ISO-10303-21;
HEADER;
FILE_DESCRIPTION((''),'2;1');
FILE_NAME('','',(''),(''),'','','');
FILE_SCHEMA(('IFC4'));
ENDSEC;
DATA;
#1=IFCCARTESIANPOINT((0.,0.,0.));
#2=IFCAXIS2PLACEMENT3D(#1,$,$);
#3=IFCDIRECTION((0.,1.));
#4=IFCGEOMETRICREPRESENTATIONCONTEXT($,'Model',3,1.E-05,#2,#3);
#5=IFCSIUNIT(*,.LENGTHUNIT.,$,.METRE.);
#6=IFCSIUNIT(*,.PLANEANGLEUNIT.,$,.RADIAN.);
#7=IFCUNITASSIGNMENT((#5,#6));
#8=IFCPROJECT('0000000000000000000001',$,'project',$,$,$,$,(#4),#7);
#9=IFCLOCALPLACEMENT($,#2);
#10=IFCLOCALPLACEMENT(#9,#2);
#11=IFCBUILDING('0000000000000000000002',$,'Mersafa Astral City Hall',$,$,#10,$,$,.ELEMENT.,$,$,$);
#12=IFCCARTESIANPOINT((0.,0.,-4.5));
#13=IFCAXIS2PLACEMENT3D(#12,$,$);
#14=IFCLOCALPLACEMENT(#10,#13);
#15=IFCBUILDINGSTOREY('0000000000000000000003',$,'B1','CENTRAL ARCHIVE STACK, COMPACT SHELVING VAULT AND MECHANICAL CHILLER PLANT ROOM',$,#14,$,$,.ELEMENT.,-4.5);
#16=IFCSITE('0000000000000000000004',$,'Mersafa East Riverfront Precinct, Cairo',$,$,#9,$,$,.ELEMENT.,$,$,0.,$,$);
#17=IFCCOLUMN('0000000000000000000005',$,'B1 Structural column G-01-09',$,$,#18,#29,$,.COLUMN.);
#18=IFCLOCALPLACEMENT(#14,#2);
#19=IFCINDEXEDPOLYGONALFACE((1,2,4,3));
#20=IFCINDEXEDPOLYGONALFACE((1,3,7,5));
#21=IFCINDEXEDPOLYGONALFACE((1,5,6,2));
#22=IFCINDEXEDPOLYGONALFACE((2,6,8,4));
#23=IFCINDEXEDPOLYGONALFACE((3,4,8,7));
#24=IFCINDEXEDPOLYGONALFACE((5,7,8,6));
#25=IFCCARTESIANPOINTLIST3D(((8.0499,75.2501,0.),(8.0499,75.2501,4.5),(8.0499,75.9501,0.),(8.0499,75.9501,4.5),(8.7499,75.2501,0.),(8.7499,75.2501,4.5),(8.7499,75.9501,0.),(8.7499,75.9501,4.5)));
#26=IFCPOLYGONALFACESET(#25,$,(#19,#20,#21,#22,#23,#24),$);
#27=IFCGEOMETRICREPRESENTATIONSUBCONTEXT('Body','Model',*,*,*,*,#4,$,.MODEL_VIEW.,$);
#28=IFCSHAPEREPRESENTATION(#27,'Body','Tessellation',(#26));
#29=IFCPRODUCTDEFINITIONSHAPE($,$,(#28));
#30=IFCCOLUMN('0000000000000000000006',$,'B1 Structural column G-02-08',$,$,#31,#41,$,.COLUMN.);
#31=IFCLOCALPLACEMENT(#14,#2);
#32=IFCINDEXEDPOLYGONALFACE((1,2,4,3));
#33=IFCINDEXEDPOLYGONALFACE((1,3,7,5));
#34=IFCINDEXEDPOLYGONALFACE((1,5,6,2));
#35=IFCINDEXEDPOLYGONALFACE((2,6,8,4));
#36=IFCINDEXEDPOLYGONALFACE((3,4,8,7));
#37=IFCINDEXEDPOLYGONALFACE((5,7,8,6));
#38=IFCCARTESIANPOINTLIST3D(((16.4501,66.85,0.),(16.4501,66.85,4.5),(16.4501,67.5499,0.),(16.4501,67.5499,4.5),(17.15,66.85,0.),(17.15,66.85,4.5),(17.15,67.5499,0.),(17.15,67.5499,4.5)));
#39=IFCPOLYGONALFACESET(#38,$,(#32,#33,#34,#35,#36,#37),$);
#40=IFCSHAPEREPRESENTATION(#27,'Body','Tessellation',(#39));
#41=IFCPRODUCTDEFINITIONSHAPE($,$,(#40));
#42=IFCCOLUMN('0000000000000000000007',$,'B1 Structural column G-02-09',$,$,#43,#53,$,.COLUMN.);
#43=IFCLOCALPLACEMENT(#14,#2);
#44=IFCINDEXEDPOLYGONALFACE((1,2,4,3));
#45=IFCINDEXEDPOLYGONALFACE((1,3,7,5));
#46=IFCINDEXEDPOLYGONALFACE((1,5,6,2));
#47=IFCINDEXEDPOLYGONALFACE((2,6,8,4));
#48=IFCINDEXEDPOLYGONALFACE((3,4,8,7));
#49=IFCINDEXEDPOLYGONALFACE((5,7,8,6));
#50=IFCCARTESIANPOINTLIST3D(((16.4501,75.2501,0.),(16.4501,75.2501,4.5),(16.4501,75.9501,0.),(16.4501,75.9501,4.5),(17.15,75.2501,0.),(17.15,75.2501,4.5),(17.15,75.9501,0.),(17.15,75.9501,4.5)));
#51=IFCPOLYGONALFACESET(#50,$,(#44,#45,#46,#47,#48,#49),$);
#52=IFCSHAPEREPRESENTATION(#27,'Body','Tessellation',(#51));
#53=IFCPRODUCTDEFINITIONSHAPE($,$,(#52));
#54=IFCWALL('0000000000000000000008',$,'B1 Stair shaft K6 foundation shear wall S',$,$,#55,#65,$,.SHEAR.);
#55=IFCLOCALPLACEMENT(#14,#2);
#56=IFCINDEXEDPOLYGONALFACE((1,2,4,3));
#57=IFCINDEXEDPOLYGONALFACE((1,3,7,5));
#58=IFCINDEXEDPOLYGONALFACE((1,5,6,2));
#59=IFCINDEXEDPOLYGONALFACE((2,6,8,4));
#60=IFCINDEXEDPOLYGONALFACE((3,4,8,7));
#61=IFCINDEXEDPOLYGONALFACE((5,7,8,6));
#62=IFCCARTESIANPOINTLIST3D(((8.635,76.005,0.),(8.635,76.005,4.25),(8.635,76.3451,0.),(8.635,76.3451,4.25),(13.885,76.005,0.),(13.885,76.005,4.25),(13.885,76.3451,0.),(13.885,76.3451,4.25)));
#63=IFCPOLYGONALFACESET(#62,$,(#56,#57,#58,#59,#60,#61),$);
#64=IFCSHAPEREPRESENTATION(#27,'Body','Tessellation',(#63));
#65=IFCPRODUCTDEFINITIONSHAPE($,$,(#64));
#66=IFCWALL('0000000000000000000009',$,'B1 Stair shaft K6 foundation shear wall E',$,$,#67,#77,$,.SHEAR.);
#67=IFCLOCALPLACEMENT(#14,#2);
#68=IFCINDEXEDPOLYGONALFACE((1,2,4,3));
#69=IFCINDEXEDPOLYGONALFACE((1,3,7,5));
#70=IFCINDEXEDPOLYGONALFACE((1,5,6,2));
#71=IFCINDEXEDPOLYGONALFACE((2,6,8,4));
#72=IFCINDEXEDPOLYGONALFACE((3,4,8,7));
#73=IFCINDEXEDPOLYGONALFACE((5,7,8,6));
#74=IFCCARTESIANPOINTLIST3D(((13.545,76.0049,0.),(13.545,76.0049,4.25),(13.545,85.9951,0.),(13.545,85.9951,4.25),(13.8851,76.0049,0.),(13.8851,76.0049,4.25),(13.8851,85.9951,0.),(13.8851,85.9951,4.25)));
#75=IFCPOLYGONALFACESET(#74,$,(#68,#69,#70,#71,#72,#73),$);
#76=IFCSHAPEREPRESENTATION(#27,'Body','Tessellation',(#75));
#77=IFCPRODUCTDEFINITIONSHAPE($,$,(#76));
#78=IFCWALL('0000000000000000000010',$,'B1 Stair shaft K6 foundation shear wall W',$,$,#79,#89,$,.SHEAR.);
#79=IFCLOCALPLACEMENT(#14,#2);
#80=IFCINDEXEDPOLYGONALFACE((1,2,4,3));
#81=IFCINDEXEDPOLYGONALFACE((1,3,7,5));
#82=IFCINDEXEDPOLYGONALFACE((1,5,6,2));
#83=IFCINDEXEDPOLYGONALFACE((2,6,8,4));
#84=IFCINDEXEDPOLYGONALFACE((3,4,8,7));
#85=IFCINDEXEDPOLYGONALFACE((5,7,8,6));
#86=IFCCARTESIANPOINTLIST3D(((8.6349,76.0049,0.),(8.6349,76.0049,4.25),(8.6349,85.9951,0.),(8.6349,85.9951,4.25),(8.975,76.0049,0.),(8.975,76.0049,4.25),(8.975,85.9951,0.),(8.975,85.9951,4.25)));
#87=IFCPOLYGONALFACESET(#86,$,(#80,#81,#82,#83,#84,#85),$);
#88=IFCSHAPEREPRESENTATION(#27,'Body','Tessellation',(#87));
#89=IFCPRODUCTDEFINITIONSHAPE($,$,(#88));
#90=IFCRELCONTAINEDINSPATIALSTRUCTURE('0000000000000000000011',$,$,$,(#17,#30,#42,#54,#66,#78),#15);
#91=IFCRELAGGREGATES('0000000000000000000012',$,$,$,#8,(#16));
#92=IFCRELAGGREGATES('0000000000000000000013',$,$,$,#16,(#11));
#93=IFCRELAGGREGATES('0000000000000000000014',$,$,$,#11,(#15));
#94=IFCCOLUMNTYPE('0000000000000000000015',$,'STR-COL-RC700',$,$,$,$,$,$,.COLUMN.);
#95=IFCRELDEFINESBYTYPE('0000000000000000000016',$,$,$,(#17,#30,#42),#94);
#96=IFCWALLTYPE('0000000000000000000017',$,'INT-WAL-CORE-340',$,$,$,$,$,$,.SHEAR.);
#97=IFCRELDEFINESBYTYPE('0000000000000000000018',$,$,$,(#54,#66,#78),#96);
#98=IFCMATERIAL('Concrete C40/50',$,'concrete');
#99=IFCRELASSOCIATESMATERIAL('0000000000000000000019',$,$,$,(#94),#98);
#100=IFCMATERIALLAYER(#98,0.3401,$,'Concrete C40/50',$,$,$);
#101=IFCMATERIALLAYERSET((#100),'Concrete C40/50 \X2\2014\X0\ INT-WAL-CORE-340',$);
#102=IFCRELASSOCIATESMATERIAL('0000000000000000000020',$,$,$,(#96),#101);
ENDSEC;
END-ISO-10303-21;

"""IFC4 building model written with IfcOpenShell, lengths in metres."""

from ifc_helpers import new_model, si_unit, direction, frame, frame_2d, origin, origin_2d, place, context, subcontext, project, spatial, rectangle, extrude, material, layer, layer_set, material_profile, profile_set, type_object, element, save


model = new_model("IFC4")

# Units and contexts
model_context = context("Model", 3, precision=1e-05, world=origin(), true_north=direction((0.0, 1.0)))
body_context = subcontext(model_context, "Body", "Model", "MODEL_VIEW")
ifc_project = project(units=[si_unit("LENGTHUNIT", "METRE"), si_unit("PLANEANGLEUNIT", "RADIAN")], contexts=[model_context])

# Site, building, storey
site_placement = place(None, origin())
site = spatial("IfcSite", under=ifc_project, at=site_placement, Name="Mersafa East Riverfront Precinct, Cairo", CompositionType="ELEMENT", RefElevation=0.0)
building_placement = place(site_placement, origin())
building = spatial("IfcBuilding", under=site, at=building_placement, Name="Mersafa Astral City Hall", CompositionType="ELEMENT")
storey_placement = place(building_placement, frame((0.0, 0.0, -4.5)))
storey = spatial("IfcBuildingStorey", under=building, at=storey_placement, Name="B1", Description="CENTRAL ARCHIVE STACK, COMPACT SHELVING VAULT AND MECHANICAL CHILLER PLANT ROOM", CompositionType="ELEMENT", Elevation=-4.5)

# Shared definitions
ifc_material = material(Name="Concrete C40/50", Category="concrete")

# Columns
ifc_material_profile_1 = material_profile(ifc_material, rectangle(XDim=0.7, YDim=0.7, at=origin_2d()), Name="RC 700x700")
ifc_profile_set_1 = profile_set([ifc_material_profile_1], Name="Concrete C40/50")
column_type = type_object("IfcColumnType", Name="STR-COL-RC700", PredefinedType="COLUMN", material=ifc_profile_set_1)
for number, where, z_axis, x_axis, name in (
    (1, (8.3999, 75.6001, 0.0), (0.0, 0.0, 1.0), (1.0, 0.0, 0.0), "B1 Structural column G-01-09"),
    (2, (16.8, 67.2, 0.0), (0.0, 0.0, 1.0), (1.0, 0.0, 0.0), "B1 Structural column G-02-08"),
    (3, (16.8, 75.6001, 0.0), (0.0, 0.0, 1.0), (1.0, 0.0, 0.0), "B1 Structural column G-02-09"),
):
    element("IfcColumn", number, at=place(storey_placement, frame(where, z_axis=z_axis, x_axis=x_axis)), inside=storey, type_object=column_type, Name=name, PredefinedType="COLUMN", context=body_context, shape_type="SweptSolid", body=[
        extrude(rectangle(XDim=0.7, YDim=0.7, at=origin_2d()), origin(), (0.0, 0.0, 1.0), 4.5),
    ])

# Walls
ifc_layer_1 = layer(ifc_material, 0.3401, Name="Concrete C40/50")
ifc_layer_set_1 = layer_set([ifc_layer_1], Name="Concrete C40/50 — INT-WAL-CORE-340")
wall_type = type_object("IfcWallType", Name="INT-WAL-CORE-340", PredefinedType="SHEAR", material=ifc_layer_set_1)
wall_placement = place(storey_placement, frame((8.635, 76.175, 0.0), z_axis=(0.0, 0.0, 1.0), x_axis=(1.0, 0.0, 0.0)))
element("IfcWall", 4, at=wall_placement, inside=storey, type_object=wall_type, Name="B1 Stair shaft K6 foundation shear wall S", PredefinedType="SHEAR", context=body_context, shape_type="SweptSolid", body=[
    extrude(rectangle(XDim=5.25, YDim=0.3401, at=frame_2d((2.625, 0.0))), origin(), (0.0, 0.0, 1.0), 4.25),
])
for number, where, z_axis, x_axis, name in (
    (5, (13.7151, 76.0049, 0.0), (0.0, 0.0, 1.0), (0.0, 1.0, 0.0), "B1 Stair shaft K6 foundation shear wall E"),
    (6, (8.8049, 76.0049, 0.0), (0.0, 0.0, 1.0), (0.0, 1.0, 0.0), "B1 Stair shaft K6 foundation shear wall W"),
):
    element("IfcWall", number, at=place(storey_placement, frame(where, z_axis=z_axis, x_axis=x_axis)), inside=storey, type_object=wall_type, Name=name, PredefinedType="SHEAR", context=body_context, shape_type="SweptSolid", body=[
        extrude(rectangle(XDim=9.9902, YDim=0.3401, at=frame_2d((4.9951, 0.0))), origin(), (0.0, 0.0, 1.0), 4.25),
    ])

save(model, "model.ifc")
